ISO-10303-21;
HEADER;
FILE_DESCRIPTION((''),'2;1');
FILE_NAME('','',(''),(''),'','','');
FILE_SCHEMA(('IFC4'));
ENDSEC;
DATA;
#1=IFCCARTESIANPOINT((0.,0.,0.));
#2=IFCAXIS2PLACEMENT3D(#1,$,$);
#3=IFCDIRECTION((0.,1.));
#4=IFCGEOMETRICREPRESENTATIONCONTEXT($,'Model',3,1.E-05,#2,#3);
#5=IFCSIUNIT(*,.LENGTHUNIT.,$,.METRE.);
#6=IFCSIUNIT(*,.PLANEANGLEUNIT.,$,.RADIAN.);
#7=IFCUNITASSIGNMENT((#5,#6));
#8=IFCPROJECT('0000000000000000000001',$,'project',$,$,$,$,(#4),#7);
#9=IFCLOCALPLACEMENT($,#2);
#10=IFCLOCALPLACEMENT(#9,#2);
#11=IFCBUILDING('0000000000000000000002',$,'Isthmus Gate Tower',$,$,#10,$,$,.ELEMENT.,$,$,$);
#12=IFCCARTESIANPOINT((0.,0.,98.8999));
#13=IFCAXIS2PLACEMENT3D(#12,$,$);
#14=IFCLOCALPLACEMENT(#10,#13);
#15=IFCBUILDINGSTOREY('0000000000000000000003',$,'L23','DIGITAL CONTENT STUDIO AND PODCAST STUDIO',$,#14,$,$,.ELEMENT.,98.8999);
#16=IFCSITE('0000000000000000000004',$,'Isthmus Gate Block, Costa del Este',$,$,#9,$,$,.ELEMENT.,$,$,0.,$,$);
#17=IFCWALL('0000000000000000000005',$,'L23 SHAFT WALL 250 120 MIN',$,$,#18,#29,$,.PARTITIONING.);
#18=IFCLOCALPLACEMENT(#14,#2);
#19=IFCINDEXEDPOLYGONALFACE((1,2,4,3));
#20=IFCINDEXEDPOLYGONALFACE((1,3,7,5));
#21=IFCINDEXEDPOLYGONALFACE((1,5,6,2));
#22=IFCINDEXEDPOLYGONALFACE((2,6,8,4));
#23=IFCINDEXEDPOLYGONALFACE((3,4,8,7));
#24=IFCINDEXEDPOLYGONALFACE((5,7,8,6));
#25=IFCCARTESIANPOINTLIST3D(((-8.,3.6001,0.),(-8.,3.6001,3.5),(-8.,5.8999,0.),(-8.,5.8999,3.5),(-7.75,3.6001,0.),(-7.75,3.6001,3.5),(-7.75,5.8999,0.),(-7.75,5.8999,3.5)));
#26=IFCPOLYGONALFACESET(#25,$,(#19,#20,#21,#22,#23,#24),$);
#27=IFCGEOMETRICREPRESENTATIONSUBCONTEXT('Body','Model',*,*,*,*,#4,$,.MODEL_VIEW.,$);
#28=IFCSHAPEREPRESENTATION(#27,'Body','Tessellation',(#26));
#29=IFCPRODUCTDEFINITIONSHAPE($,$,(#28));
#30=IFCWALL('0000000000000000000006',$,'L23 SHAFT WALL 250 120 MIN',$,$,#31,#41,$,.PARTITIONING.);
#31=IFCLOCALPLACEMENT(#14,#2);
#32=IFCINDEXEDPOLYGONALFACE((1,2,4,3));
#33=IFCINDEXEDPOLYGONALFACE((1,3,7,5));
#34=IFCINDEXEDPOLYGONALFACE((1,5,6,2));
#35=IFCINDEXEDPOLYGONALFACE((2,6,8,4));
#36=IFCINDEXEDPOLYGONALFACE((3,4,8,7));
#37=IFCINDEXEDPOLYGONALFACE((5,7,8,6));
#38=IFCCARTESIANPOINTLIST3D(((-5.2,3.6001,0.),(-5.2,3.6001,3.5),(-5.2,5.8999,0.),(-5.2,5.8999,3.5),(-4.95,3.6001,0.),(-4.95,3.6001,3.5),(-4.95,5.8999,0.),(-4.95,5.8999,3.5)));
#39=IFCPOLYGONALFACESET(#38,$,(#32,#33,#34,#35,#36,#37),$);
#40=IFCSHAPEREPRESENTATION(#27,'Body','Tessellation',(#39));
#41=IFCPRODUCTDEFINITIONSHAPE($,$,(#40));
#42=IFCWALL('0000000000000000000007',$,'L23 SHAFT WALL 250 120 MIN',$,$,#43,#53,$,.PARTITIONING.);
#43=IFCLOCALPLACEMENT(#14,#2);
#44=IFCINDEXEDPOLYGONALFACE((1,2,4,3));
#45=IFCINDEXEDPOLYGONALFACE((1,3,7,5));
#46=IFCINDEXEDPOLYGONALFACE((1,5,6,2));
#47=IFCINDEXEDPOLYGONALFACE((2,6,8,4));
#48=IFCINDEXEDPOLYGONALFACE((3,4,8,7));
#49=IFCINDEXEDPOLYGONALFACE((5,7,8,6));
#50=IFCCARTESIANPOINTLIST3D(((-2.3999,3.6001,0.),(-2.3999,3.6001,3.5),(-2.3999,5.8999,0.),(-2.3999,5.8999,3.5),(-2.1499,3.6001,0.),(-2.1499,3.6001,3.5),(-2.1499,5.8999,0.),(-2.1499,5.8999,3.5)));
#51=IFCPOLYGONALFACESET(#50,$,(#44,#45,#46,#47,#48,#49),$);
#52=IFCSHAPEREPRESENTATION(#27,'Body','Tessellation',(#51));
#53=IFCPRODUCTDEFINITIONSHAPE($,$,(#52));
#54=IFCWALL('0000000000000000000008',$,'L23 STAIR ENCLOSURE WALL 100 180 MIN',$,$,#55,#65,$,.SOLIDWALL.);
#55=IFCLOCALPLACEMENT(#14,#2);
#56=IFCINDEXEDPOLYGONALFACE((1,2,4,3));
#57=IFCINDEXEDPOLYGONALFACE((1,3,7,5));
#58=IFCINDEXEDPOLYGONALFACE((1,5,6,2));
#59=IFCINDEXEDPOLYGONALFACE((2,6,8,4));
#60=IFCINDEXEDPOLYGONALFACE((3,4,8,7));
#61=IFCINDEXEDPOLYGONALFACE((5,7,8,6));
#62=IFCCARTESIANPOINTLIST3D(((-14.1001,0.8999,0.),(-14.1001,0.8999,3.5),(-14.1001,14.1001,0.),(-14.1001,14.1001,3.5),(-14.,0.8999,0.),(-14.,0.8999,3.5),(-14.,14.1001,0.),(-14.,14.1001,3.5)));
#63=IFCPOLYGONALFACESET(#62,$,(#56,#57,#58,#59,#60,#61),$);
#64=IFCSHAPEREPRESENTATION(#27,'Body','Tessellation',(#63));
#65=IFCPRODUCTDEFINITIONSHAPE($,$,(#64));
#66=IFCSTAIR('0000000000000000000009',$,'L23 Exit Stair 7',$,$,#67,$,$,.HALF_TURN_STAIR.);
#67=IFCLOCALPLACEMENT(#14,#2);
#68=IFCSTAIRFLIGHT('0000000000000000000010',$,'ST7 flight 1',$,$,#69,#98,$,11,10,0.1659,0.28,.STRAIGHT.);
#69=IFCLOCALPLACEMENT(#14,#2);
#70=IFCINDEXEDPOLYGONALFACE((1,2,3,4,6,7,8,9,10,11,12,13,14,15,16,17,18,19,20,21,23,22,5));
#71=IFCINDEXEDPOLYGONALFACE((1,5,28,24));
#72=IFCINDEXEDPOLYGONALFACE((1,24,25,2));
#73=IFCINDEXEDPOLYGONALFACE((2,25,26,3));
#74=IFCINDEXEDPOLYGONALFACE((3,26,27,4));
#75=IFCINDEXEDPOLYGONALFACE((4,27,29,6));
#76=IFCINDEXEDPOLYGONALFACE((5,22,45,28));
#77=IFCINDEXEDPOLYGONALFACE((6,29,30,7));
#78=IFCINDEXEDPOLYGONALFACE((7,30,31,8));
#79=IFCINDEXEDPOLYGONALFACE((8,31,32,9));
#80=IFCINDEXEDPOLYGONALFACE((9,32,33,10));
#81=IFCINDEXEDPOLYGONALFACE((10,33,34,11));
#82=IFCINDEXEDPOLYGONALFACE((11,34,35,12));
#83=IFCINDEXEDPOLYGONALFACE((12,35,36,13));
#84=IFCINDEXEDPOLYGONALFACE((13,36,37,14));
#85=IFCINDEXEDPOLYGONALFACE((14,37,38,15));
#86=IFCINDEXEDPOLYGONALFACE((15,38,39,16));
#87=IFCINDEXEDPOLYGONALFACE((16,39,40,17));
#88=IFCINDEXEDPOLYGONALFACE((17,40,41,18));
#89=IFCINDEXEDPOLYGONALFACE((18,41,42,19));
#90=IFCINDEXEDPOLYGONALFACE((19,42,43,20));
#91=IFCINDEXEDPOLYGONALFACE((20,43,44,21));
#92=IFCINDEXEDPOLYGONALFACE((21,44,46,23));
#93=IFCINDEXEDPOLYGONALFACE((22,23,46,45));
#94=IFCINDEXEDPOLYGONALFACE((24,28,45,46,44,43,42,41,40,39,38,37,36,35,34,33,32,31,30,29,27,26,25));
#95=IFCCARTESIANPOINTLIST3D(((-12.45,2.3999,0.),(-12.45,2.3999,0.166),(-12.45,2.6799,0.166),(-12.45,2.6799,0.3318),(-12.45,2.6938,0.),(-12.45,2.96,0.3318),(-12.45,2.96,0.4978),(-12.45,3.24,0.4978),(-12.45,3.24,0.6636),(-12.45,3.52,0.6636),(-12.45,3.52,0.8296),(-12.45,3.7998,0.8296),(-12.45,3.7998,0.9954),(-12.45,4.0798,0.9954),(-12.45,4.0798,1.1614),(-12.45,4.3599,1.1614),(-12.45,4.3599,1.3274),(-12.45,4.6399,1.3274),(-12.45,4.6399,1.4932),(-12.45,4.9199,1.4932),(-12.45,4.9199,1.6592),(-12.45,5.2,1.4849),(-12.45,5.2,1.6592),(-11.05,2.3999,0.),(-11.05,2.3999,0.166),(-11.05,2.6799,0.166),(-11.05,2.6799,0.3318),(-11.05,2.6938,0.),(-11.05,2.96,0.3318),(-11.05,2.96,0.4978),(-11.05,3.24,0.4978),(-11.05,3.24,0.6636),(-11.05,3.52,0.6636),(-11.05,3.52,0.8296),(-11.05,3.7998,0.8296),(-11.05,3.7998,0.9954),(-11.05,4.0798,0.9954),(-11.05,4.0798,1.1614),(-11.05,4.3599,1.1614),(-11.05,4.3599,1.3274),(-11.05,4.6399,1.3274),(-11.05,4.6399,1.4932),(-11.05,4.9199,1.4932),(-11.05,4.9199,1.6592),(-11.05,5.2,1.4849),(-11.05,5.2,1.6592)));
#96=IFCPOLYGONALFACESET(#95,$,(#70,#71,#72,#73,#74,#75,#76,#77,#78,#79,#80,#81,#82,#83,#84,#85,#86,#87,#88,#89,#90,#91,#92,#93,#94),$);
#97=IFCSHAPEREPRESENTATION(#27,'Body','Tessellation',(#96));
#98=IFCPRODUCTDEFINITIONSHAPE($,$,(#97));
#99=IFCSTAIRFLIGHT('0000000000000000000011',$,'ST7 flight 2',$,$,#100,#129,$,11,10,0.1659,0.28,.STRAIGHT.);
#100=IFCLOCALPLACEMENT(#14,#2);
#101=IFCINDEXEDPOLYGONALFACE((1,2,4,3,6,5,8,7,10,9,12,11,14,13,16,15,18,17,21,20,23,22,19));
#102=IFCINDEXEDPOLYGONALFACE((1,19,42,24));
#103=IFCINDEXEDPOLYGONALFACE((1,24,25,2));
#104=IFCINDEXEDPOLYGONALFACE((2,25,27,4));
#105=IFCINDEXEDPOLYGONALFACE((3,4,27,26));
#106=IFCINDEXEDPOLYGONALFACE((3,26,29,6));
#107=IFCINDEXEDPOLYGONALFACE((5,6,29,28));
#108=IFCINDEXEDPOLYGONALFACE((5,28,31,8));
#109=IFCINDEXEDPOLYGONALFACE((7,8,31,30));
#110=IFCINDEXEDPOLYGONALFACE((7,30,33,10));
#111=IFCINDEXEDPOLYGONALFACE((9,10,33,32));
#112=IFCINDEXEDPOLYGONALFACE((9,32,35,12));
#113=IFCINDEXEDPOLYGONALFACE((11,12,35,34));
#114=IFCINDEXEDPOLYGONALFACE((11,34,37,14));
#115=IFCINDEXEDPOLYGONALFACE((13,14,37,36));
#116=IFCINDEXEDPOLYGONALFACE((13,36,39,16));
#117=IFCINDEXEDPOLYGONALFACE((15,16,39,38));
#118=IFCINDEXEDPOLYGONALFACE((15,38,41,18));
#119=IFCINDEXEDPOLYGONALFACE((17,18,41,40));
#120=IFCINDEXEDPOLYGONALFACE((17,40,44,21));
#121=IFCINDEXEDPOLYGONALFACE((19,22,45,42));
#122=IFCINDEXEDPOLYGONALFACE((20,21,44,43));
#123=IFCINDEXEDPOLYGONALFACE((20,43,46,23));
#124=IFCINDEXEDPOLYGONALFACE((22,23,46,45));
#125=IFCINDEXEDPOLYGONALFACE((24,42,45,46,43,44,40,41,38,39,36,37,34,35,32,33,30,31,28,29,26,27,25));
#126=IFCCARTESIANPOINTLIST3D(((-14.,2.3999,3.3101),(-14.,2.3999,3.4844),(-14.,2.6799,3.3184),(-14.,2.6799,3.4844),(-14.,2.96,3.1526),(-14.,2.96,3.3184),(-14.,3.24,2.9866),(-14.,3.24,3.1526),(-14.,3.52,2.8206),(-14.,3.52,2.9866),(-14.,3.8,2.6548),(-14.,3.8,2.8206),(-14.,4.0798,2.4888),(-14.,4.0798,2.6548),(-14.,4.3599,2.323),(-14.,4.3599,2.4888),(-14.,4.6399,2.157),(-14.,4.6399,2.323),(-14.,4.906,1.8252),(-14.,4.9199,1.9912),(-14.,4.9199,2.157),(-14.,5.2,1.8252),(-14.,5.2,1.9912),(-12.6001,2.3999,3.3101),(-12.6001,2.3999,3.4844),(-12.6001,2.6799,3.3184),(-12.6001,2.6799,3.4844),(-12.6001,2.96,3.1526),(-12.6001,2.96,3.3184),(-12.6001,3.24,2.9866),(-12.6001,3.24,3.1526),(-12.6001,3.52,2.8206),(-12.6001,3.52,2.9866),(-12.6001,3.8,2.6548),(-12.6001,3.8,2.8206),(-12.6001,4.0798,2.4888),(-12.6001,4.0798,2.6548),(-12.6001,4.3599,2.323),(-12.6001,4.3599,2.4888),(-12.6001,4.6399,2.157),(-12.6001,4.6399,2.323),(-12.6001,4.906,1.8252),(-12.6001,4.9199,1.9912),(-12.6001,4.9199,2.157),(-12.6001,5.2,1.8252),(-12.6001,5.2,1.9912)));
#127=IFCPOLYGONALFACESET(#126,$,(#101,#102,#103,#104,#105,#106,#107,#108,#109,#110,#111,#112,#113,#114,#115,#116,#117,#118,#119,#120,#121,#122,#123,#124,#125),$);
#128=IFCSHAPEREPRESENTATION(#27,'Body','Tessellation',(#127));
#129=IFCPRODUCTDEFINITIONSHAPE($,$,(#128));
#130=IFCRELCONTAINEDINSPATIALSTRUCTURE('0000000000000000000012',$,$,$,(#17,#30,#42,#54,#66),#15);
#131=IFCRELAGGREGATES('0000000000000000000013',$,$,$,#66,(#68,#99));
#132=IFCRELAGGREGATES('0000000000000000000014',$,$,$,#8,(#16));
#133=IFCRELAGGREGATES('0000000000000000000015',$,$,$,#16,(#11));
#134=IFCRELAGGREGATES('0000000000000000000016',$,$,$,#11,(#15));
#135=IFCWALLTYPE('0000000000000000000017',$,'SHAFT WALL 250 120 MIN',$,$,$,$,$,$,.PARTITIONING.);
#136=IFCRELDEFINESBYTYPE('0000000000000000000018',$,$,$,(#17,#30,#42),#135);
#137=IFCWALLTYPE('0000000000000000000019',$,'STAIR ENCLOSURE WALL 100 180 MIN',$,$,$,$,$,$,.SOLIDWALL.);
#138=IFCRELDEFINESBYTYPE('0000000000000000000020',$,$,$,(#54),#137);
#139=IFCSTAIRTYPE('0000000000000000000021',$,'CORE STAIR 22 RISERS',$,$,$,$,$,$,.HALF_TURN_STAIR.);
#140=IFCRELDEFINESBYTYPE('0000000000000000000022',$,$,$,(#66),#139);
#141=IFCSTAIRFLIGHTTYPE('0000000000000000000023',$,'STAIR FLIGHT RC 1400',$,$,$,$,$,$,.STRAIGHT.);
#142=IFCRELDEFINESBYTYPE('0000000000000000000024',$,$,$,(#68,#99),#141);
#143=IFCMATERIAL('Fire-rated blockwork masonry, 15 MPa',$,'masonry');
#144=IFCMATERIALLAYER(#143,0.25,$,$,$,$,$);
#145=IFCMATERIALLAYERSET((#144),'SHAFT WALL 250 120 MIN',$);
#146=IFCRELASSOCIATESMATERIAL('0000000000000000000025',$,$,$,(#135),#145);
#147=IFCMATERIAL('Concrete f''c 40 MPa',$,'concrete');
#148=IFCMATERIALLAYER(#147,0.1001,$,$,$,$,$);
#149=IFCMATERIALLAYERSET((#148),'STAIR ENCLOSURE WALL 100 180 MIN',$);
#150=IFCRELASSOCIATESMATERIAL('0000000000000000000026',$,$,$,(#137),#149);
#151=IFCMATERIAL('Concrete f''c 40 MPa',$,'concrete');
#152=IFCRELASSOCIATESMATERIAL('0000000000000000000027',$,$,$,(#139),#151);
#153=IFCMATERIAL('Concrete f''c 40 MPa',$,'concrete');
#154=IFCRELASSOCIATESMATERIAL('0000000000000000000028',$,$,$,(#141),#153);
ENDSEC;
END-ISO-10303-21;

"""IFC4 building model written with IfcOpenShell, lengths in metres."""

from ifc_helpers import new_model, si_unit, direction, frame, frame_2d, origin, place, context, subcontext, project, spatial, polyline, rectangle, outline, extrude, material, layer, layer_set, type_object, element, aggregate, save


model = new_model("IFC4")

# Units and contexts
model_context = context("Model", 3, precision=1e-05, world=origin(), true_north=direction((0.0, 1.0)))
body_context = subcontext(model_context, "Body", "Model", "MODEL_VIEW")
ifc_project = project(units=[si_unit("LENGTHUNIT", "METRE"), si_unit("PLANEANGLEUNIT", "RADIAN")], contexts=[model_context])

# Site, building, storey
site_placement = place(None, origin())
site = spatial("IfcSite", under=ifc_project, at=site_placement, Name="Isthmus Gate Block, Costa del Este", CompositionType="ELEMENT", RefElevation=0.0)
building_placement = place(site_placement, origin())
building = spatial("IfcBuilding", under=site, at=building_placement, Name="Isthmus Gate Tower", CompositionType="ELEMENT")
storey_placement = place(building_placement, frame((0.0, 0.0, 98.8999)))
storey = spatial("IfcBuildingStorey", under=building, at=storey_placement, Name="L23", Description="DIGITAL CONTENT STUDIO AND PODCAST STUDIO", CompositionType="ELEMENT", Elevation=98.8999)

# Walls
ifc_material_1 = material(Name="Fire-rated blockwork masonry, 15 MPa", Category="masonry")
ifc_layer_1 = layer(ifc_material_1, 0.25)
ifc_layer_set_1 = layer_set([ifc_layer_1], Name="SHAFT WALL 250 120 MIN")
wall_type_1 = type_object("IfcWallType", Name="SHAFT WALL 250 120 MIN", PredefinedType="PARTITIONING", material=ifc_layer_set_1)
for number, where, z_axis, x_axis, name in (
    (1, (-7.875, 3.6001, 0.0), (0.0, 0.0, 1.0), (0.0, 1.0, 0.0), "L23 SHAFT WALL 250 120 MIN"),
    (2, (-5.075, 3.6001, 0.0), (0.0, 0.0, 1.0), (0.0, 1.0, 0.0), "L23 SHAFT WALL 250 120 MIN"),
    (3, (-2.2749, 3.6001, 0.0), (0.0, 0.0, 1.0), (0.0, 1.0, 0.0), "L23 SHAFT WALL 250 120 MIN"),
):
    element("IfcWall", number, at=place(storey_placement, frame(where, z_axis=z_axis, x_axis=x_axis)), inside=storey, type_object=wall_type_1, Name=name, PredefinedType="PARTITIONING", context=body_context, shape_type="SweptSolid", body=[
        extrude(rectangle(XDim=2.2998, YDim=0.25, at=frame_2d((1.1499, 0.0))), origin(), (0.0, 0.0, 1.0), 3.5),
    ])
ifc_material_2 = material(Name="Concrete f'c 40 MPa", Category="concrete")
ifc_layer_2 = layer(ifc_material_2, 0.1001)
ifc_layer_set_2 = layer_set([ifc_layer_2], Name="STAIR ENCLOSURE WALL 100 180 MIN")
wall_type_2 = type_object("IfcWallType", Name="STAIR ENCLOSURE WALL 100 180 MIN", PredefinedType="SOLIDWALL", material=ifc_layer_set_2)
wall_1_placement = place(storey_placement, frame((-14.05, 0.8999, 0.0), z_axis=(0.0, 0.0, 1.0), x_axis=(0.0, 1.0, 0.0)))
element("IfcWall", 4, at=wall_1_placement, inside=storey, type_object=wall_type_2, Name="L23 STAIR ENCLOSURE WALL 100 180 MIN", PredefinedType="SOLIDWALL", context=body_context, shape_type="SweptSolid", body=[
    extrude(rectangle(XDim=13.2002, YDim=0.1001, at=frame_2d((6.6001, 0.0))), origin(), (0.0, 0.0, 1.0), 3.5),
])

# Stair, stair flights
ifc_material_3 = material(Name="Concrete f'c 40 MPa", Category="concrete")
stair_type = type_object("IfcStairType", Name="CORE STAIR 22 RISERS", PredefinedType="HALF_TURN_STAIR", material=ifc_material_3)
stair_placement = place(storey_placement, origin())
stair = element("IfcStair", 5, at=stair_placement, inside=storey, type_object=stair_type, Name="L23 Exit Stair 7", PredefinedType="HALF_TURN_STAIR")
ifc_material_4 = material(Name="Concrete f'c 40 MPa", Category="concrete")
stair_flight_type = type_object("IfcStairFlightType", Name="STAIR FLIGHT RC 1400", PredefinedType="STRAIGHT", material=ifc_material_4)
stair_flight_1_placement = place(storey_placement, frame((-11.75, 2.3999, 0.0), z_axis=(0.0, 0.0, 1.0), x_axis=(0.0, 1.0, 0.0)))
stair_flight_1 = element("IfcStairFlight", 6, at=stair_flight_1_placement, type_object=stair_flight_type, Name="ST7 flight 1", NumberOfRisers=11, NumberOfTreads=10, PredefinedType="STRAIGHT", RiserHeight=0.1659, TreadLength=0.28, context=body_context, shape_type="SweptSolid", body=[
    extrude(outline(polyline([(0.0, 0.0), (0.0, 0.166), (0.28, 0.166), (0.28, 0.3318), (0.5601, 0.3318), (0.5601, 0.4978), (0.8401, 0.4978), (0.8401, 0.6636), (1.1201, 0.6636), (1.1201, 0.8296), (1.3999, 0.8296), (1.3999, 0.9954), (1.6799, 0.9954), (1.6799, 1.1614), (1.96, 1.1614), (1.96, 1.3274), (2.24, 1.3274), (2.24, 1.4932), (2.52, 1.4932), (2.52, 1.6592), (2.8, 1.6592), (2.8, 1.825), (2.8, 1.4849), (0.2939, 0.0), (0.0, 0.0)])), frame((0.0, 0.7, 0.0), z_axis=(0.0, -1.0, 0.0), x_axis=(1.0, 0.0, 0.0)), (0.0, 0.0, 1.0), 1.3999),
])
stair_flight_2_placement = place(storey_placement, frame((-13.3, 5.2, 1.8252), z_axis=(0.0, 0.0, 1.0), x_axis=(0.0, -1.0, 0.0)))
stair_flight_2 = element("IfcStairFlight", 7, at=stair_flight_2_placement, type_object=stair_flight_type, Name="ST7 flight 2", NumberOfRisers=11, NumberOfTreads=10, PredefinedType="STRAIGHT", RiserHeight=0.1659, TreadLength=0.28, context=body_context, shape_type="SweptSolid", body=[
    extrude(outline(polyline([(0.0, 0.0), (0.0, 0.166), (0.28, 0.166), (0.28, 0.3318), (0.5601, 0.3318), (0.5601, 0.4978), (0.8401, 0.4978), (0.8401, 0.6636), (1.1201, 0.6636), (1.1201, 0.8296), (1.3999, 0.8296), (1.3999, 0.9954), (1.6799, 0.9954), (1.6799, 1.1614), (1.96, 1.1614), (1.96, 1.3274), (2.24, 1.3274), (2.24, 1.4932), (2.52, 1.4932), (2.52, 1.6592), (2.8, 1.6592), (2.8, 1.825), (2.8, 1.4849), (0.2939, 0.0), (0.0, 0.0)])), frame((0.0, 0.7, 0.0), z_axis=(0.0, -1.0, 0.0), x_axis=(1.0, 0.0, 0.0)), (0.0, 0.0, 1.0), 1.3999),
])
aggregate(stair, [stair_flight_1, stair_flight_2])

save(model, "model.ifc")
